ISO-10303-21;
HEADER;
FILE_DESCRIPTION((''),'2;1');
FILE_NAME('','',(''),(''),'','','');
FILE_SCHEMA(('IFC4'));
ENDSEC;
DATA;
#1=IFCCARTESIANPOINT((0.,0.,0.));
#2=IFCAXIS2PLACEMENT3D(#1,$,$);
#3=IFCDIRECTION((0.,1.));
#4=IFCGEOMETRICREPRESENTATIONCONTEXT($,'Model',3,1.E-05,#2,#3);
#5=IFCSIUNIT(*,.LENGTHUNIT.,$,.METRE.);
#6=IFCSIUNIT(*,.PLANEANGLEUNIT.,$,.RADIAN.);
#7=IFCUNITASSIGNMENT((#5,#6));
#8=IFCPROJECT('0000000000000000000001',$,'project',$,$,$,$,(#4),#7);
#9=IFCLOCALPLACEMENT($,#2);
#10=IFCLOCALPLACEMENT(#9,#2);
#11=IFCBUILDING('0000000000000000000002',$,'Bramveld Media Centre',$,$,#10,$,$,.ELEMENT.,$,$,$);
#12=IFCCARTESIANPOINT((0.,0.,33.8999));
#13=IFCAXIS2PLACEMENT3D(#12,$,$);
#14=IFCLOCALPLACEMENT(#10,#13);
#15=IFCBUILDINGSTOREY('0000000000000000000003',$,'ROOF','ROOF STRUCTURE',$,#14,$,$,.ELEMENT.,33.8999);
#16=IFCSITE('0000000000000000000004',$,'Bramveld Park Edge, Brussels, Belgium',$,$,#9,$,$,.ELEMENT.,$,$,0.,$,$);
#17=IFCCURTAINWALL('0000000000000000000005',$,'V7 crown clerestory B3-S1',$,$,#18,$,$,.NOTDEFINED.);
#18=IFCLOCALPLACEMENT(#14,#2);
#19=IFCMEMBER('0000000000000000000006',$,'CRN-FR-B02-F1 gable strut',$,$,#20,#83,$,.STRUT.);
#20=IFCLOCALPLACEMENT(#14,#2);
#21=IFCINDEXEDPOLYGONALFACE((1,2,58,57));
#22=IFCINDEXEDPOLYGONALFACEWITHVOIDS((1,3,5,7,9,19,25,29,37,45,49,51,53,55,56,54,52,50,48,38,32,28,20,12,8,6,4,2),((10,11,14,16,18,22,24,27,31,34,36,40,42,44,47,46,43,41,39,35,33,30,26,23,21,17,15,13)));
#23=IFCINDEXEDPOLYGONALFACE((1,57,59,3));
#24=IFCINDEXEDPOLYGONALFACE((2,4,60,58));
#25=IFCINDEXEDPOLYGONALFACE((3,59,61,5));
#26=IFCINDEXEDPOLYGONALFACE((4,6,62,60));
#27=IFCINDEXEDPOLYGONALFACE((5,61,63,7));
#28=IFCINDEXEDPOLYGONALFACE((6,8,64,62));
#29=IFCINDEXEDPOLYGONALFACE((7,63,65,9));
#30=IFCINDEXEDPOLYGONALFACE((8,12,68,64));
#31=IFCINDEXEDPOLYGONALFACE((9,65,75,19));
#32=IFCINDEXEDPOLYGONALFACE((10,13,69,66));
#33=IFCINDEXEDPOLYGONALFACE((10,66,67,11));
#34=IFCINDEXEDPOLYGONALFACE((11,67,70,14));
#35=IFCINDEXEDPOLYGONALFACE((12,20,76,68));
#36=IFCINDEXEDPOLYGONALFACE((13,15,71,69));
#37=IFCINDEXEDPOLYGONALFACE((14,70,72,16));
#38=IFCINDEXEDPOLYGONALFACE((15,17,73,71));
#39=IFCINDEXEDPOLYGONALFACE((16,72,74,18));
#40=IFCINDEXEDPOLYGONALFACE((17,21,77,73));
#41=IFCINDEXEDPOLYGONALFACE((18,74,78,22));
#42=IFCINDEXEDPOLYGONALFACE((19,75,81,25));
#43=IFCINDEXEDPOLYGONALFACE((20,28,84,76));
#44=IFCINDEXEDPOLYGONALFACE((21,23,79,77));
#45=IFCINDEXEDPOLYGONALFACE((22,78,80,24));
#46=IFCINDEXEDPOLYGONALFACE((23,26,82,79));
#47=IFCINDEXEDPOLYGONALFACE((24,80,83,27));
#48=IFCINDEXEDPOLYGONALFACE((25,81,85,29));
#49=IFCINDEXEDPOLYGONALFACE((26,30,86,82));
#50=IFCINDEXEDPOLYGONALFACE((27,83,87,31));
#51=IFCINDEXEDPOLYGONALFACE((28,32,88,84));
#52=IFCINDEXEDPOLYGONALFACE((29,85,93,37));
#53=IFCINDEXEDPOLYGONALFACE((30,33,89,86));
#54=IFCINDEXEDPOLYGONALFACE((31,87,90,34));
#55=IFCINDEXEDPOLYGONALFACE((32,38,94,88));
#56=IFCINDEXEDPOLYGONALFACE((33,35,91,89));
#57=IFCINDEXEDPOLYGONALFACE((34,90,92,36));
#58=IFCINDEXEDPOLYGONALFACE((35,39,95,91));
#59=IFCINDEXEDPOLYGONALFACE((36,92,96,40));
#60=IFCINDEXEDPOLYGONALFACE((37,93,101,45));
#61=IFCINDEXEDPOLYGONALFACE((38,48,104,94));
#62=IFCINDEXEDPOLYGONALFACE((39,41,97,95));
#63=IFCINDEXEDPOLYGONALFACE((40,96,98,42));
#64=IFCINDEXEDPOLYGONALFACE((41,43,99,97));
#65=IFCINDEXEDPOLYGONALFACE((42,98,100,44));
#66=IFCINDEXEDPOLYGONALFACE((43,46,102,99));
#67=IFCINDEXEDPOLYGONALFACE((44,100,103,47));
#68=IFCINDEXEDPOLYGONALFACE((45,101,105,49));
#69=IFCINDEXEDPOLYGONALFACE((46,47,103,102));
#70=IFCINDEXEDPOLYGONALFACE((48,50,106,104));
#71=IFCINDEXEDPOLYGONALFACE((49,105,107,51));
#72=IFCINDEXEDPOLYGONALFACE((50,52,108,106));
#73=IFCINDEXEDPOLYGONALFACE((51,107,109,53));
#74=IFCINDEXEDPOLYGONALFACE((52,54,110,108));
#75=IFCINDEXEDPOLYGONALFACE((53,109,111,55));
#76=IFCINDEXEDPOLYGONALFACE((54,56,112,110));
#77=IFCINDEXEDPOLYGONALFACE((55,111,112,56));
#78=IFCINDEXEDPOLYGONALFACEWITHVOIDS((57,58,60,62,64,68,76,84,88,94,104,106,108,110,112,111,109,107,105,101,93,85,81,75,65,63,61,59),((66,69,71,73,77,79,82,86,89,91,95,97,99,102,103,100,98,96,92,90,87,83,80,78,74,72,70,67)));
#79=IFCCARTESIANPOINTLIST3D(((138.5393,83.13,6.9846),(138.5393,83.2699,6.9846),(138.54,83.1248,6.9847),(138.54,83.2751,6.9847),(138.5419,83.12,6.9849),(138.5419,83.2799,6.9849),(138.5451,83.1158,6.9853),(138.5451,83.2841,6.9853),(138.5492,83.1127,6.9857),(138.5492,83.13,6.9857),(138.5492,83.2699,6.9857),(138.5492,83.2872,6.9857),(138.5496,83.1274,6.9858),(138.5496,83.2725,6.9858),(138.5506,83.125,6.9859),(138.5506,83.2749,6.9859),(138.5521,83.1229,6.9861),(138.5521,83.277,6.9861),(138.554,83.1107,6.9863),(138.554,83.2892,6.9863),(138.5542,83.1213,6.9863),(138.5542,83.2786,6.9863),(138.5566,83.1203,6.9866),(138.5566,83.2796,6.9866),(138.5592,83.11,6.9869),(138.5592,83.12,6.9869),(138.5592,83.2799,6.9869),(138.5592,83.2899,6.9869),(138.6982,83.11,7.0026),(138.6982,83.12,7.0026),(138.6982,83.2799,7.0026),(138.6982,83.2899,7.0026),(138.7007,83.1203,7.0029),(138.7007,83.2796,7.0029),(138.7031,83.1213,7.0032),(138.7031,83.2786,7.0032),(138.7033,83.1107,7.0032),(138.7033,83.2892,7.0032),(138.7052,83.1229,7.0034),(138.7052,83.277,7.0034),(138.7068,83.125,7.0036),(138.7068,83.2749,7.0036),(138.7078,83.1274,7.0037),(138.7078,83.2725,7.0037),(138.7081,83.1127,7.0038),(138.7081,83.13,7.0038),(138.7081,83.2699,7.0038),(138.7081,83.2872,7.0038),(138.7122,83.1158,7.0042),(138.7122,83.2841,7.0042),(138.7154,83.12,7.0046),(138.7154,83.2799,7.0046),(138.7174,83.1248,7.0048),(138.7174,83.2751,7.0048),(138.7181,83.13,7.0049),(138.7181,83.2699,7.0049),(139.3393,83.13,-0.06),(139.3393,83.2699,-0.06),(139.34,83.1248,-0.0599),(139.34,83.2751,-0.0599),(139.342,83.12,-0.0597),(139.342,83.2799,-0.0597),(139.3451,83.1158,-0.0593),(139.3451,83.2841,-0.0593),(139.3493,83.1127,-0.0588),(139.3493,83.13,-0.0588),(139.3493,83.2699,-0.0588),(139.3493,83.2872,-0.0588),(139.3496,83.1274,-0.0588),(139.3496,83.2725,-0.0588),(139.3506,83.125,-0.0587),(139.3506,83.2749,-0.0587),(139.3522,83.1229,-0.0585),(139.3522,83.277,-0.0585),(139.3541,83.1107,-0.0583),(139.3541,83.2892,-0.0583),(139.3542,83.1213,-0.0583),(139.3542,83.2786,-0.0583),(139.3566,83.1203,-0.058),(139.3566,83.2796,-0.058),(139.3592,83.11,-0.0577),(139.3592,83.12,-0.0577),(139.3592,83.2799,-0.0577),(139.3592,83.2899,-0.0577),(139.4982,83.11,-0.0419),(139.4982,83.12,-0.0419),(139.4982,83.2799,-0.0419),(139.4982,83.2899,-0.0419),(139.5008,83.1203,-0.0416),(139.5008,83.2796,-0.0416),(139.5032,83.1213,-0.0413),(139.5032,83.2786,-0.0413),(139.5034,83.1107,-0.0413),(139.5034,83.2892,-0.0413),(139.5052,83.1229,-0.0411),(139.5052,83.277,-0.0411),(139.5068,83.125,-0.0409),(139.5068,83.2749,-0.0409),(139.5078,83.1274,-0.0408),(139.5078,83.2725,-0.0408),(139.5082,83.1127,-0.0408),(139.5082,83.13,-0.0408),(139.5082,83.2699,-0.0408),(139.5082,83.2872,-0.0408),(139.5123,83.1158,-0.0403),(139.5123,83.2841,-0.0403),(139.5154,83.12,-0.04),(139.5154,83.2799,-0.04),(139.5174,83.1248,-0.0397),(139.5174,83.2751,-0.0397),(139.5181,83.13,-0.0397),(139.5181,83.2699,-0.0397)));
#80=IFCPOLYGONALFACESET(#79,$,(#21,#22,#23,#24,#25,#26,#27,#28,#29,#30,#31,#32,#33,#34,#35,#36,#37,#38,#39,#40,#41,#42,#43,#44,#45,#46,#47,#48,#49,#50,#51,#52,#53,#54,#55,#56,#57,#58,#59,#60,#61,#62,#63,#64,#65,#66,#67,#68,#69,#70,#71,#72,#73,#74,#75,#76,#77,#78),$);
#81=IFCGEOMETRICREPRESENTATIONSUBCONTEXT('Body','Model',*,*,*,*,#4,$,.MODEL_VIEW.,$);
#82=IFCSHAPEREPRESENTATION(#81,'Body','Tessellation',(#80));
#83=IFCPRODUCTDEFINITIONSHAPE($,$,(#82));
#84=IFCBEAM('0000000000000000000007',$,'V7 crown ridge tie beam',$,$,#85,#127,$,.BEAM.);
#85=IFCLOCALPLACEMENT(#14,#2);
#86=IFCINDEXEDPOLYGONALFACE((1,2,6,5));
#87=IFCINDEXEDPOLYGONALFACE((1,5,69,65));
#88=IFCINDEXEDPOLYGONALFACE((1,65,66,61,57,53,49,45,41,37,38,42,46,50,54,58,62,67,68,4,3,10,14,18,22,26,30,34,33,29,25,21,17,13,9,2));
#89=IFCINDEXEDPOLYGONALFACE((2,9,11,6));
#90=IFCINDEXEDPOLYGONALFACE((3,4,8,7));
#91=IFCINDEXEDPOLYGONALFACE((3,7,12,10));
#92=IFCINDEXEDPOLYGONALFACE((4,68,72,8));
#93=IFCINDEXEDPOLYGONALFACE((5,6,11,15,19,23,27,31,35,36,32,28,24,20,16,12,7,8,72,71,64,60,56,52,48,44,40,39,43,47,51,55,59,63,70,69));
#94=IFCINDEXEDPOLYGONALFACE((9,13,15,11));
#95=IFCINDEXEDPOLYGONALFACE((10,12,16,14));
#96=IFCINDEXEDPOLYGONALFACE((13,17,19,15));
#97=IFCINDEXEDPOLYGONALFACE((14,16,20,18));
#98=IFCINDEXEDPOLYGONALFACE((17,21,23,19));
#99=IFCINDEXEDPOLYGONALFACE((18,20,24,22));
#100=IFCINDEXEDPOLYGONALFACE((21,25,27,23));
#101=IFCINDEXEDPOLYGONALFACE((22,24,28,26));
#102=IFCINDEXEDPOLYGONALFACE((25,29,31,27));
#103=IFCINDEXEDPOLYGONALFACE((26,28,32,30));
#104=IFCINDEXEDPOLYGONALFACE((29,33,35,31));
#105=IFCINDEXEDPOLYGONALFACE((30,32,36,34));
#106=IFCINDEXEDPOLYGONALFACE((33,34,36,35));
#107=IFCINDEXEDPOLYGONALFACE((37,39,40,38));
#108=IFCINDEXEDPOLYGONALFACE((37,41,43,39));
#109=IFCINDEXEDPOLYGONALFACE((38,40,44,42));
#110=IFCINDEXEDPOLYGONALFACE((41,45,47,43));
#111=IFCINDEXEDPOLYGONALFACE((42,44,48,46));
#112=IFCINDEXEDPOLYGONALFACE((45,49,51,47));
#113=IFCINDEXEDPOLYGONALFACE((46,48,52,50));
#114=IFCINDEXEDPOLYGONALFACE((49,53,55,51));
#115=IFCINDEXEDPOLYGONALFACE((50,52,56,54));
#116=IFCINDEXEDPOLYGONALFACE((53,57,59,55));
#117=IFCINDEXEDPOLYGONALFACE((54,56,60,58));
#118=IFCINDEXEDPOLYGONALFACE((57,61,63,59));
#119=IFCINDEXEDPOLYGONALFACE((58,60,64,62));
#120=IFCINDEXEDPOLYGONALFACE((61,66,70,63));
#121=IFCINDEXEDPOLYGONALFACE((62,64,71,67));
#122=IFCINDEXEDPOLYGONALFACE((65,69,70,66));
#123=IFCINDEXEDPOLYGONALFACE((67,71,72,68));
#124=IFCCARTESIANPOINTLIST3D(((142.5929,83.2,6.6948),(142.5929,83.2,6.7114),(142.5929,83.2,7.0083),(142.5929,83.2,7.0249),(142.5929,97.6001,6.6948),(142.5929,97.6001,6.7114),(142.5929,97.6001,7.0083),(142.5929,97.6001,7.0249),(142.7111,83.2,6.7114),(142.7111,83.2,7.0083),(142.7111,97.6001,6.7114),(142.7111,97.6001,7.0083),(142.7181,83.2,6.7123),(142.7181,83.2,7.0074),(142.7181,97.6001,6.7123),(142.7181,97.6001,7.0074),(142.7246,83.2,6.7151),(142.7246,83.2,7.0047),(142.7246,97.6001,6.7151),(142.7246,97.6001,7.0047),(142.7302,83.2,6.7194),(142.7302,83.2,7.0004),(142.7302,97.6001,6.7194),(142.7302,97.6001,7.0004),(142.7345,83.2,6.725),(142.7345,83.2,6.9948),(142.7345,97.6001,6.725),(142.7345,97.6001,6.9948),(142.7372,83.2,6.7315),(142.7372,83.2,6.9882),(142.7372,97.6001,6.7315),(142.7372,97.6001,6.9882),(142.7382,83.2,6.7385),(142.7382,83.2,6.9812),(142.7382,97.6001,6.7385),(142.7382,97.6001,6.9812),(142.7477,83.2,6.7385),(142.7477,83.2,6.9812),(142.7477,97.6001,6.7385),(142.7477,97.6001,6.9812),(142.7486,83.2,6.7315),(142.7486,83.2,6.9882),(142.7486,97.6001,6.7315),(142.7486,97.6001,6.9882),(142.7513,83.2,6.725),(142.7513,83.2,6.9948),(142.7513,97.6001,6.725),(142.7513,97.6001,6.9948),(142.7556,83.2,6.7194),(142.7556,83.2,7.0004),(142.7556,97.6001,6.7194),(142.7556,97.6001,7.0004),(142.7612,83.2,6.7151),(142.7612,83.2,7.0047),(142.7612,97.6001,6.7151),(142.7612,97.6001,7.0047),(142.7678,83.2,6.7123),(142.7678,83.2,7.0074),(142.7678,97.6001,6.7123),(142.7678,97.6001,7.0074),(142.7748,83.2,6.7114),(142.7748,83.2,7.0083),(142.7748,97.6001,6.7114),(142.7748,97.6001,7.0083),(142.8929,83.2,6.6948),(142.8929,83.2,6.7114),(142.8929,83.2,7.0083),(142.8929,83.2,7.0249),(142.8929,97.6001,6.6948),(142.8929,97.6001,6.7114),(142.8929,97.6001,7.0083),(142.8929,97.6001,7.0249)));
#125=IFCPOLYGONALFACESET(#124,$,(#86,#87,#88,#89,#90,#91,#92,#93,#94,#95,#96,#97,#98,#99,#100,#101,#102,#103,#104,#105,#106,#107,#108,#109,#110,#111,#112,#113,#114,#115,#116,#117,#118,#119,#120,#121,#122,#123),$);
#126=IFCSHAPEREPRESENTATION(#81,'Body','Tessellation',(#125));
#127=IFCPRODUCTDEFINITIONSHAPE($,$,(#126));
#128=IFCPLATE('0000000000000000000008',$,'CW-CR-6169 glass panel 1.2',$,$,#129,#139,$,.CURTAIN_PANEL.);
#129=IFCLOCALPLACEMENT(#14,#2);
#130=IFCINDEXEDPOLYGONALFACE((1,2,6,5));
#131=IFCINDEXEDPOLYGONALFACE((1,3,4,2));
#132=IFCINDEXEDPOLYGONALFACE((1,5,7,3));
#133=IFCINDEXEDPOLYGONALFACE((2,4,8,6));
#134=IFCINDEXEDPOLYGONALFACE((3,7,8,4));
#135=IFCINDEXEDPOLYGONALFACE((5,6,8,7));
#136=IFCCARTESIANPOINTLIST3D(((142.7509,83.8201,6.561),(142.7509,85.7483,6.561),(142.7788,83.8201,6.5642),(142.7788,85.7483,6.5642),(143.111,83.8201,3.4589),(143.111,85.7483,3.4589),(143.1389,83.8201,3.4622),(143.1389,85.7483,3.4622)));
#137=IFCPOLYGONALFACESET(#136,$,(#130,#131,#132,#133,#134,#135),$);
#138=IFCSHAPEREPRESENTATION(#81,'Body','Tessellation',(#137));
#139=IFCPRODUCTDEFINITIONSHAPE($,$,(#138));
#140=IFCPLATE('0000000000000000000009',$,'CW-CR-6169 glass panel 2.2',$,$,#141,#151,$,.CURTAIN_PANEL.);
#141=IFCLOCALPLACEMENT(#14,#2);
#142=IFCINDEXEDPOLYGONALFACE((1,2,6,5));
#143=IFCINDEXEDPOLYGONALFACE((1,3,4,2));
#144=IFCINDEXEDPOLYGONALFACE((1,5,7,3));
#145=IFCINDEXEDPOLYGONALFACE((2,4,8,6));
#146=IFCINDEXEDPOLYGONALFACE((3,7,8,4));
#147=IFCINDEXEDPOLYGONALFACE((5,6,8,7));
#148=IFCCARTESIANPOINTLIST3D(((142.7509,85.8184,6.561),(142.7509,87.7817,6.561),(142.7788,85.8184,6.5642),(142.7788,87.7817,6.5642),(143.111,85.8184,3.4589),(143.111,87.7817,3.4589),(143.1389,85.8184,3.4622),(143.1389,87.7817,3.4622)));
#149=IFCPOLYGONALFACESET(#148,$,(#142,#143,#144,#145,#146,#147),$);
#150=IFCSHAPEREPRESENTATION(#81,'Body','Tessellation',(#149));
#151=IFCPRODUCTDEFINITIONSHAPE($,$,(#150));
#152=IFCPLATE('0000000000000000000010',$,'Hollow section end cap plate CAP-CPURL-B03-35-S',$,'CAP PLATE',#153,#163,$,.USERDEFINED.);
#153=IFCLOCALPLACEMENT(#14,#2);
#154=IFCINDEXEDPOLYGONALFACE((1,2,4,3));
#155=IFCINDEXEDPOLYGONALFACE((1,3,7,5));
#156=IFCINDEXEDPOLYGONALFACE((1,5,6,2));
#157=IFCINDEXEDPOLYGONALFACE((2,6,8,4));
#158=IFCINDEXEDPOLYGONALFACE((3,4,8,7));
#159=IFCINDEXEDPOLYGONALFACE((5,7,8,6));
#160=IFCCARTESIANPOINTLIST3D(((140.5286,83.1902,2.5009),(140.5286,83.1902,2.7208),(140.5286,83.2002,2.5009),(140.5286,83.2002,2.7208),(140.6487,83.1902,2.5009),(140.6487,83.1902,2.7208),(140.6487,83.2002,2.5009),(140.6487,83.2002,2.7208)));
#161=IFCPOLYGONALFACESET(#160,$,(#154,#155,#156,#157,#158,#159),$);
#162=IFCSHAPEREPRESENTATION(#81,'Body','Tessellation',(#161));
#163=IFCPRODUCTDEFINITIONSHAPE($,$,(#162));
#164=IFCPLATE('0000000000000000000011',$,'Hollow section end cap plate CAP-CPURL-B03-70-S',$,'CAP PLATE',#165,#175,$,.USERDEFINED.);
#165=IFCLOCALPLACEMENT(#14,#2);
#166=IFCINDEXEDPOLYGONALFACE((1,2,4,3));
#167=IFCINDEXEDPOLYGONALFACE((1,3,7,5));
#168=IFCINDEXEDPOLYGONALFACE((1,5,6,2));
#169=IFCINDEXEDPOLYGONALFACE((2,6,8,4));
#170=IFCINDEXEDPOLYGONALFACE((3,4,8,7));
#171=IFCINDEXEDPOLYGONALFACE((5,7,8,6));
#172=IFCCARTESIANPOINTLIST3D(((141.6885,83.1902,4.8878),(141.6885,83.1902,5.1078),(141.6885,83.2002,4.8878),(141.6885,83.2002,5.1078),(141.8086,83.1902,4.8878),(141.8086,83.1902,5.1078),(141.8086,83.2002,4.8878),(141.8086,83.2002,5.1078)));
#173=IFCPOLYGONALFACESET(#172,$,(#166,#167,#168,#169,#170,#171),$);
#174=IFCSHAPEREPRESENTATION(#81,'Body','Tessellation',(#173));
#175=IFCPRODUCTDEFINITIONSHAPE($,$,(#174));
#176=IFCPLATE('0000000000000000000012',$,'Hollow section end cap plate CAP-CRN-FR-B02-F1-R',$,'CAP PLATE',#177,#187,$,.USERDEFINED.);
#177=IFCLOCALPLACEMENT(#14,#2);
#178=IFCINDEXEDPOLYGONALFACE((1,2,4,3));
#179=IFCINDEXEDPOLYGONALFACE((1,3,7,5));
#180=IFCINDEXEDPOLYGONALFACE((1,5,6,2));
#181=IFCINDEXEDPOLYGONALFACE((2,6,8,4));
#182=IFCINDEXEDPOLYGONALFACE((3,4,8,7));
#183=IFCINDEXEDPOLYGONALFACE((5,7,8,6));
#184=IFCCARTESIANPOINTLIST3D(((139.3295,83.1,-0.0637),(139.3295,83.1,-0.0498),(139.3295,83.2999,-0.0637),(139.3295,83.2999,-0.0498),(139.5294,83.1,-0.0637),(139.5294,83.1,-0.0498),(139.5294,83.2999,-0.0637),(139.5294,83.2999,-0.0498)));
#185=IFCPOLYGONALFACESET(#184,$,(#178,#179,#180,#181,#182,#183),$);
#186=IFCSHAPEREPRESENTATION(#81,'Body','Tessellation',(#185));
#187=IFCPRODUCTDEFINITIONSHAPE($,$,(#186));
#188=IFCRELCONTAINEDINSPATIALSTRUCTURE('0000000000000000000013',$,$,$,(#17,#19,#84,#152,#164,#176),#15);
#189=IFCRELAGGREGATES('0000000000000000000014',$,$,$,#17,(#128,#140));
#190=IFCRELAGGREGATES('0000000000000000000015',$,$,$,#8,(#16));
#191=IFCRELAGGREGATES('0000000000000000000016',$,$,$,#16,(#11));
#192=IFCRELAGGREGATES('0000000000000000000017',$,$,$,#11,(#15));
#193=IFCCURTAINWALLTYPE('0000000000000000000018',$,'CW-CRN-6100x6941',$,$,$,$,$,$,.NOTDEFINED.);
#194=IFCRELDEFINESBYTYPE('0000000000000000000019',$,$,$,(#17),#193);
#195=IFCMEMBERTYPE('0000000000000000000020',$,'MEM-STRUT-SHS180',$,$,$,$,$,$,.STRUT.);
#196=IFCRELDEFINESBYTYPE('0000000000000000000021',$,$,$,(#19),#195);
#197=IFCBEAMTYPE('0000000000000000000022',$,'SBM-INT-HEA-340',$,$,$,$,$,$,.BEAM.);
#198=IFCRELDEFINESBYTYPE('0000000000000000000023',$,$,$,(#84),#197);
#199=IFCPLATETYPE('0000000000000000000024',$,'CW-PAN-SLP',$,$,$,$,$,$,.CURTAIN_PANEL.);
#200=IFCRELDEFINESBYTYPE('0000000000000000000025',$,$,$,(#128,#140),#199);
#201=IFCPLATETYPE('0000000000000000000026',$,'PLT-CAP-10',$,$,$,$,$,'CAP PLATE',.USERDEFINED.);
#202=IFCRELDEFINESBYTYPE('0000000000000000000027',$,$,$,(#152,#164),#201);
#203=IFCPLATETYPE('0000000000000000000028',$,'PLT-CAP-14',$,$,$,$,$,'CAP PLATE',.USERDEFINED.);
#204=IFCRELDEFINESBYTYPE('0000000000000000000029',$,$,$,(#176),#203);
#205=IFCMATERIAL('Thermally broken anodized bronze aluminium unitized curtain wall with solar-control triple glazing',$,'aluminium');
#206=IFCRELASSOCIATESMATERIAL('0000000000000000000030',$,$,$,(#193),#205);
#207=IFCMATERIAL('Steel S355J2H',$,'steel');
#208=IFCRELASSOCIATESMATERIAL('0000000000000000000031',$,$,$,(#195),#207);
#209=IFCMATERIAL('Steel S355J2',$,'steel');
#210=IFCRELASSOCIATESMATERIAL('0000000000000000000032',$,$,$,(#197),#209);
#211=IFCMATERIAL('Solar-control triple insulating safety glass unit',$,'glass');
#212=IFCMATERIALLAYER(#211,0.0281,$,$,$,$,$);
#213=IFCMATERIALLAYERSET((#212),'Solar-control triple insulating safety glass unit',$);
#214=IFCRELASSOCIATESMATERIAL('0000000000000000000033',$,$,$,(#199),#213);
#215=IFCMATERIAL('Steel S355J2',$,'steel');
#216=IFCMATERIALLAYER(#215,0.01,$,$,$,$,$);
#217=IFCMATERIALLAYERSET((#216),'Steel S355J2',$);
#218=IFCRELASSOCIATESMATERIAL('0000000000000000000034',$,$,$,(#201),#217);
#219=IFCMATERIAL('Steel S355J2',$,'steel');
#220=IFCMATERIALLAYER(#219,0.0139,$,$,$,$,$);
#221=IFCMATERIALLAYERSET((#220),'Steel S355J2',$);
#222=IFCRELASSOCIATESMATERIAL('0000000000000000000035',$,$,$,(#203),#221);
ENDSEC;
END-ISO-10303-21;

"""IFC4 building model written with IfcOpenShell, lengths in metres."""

from ifc_helpers import new_model, si_unit, direction, frame, origin, origin_2d, place, context, subcontext, project, spatial, polyline, rectangle, hollow_rectangle, i_section, outline, extrude, material, layer, layer_set, material_profile, profile_set, type_object, element, aggregate, save


model = new_model("IFC4")

# Units and contexts
model_context = context("Model", 3, precision=1e-05, world=origin(), true_north=direction((0.0, 1.0)))
body_context = subcontext(model_context, "Body", "Model", "MODEL_VIEW")
ifc_project = project(units=[si_unit("LENGTHUNIT", "METRE"), si_unit("PLANEANGLEUNIT", "RADIAN")], contexts=[model_context])

# Site, building, storey
site_placement = place(None, origin())
site = spatial("IfcSite", under=ifc_project, at=site_placement, Name="Bramveld Park Edge, Brussels, Belgium", CompositionType="ELEMENT", RefElevation=0.0)
building_placement = place(site_placement, origin())
building = spatial("IfcBuilding", under=site, at=building_placement, Name="Bramveld Media Centre", CompositionType="ELEMENT")
storey_placement = place(building_placement, frame((0.0, 0.0, 33.8999)))
storey = spatial("IfcBuildingStorey", under=building, at=storey_placement, Name="ROOF", Description="ROOF STRUCTURE", CompositionType="ELEMENT", Elevation=33.8999)

# Curtain wall
ifc_material_1 = material(Name="Thermally broken anodized bronze aluminium unitized curtain wall with solar-control triple glazing", Category="aluminium")
curtain_wall_type = type_object("IfcCurtainWallType", Name="CW-CRN-6100x6941", PredefinedType="NOTDEFINED", material=ifc_material_1)
curtain_wall_1_placement = place(storey_placement, origin())
curtain_wall_1 = element("IfcCurtainWall", 1, at=curtain_wall_1_placement, inside=storey, type_object=curtain_wall_type, Name="V7 crown clerestory B3-S1", PredefinedType="NOTDEFINED")

# Member
ifc_material_2 = material(Name="Steel S355J2H", Category="steel")
ifc_material_profile_1 = material_profile(ifc_material_2, hollow_rectangle(XDim=0.1799, YDim=0.1799, WallThickness=0.01, InnerFilletRadius=0.01, OuterFilletRadius=0.02, at=origin_2d()), Name="SHS 180x180x10")
ifc_profile_set_1 = profile_set([ifc_material_profile_1], Name="Steel S355J2H")
member_type_1 = type_object("IfcMemberType", Name="MEM-STRUT-SHS180", PredefinedType="STRUT", material=ifc_profile_set_1)
member_1_placement = place(storey_placement, frame((139.4287, 83.2, -0.0498), z_axis=(-0.112842, 0.0, 0.993613), x_axis=(0.0, -1.0, 0.0)))
element("IfcMember", 2, at=member_1_placement, inside=storey, type_object=member_type_1, Name="CRN-FR-B02-F1 gable strut", PredefinedType="STRUT", context=body_context, shape_type="SweptSolid", body=[
    extrude(hollow_rectangle(XDim=0.1799, YDim=0.1799, WallThickness=0.01, InnerFilletRadius=0.01, OuterFilletRadius=0.02, at=origin_2d()), origin(), (0.0, 0.0, 1.0), 7.0898),
])

# Beam
ifc_material_3 = material(Name="Steel S355J2", Category="steel")
ifc_material_profile_2 = material_profile(ifc_material_3, i_section(OverallWidth=0.3, OverallDepth=0.3301, WebThickness=0.0095, FlangeThickness=0.0166, FilletRadius=0.0271, at=origin_2d()), Name="HEA 340")
ifc_profile_set_2 = profile_set([ifc_material_profile_2], Name="Steel S355J2")
beam_type = type_object("IfcBeamType", Name="SBM-INT-HEA-340", PredefinedType="BEAM", material=ifc_profile_set_2)
beam_placement = place(storey_placement, frame((142.7429, 83.2, 6.8599), z_axis=(0.0, 1.0, 0.0), x_axis=(-1.0, 0.0, 0.0)))
element("IfcBeam", 3, at=beam_placement, inside=storey, type_object=beam_type, Name="V7 crown ridge tie beam", PredefinedType="BEAM", context=body_context, shape_type="SweptSolid", body=[
    extrude(i_section(OverallWidth=0.3, OverallDepth=0.3301, WebThickness=0.0095, FlangeThickness=0.0166, FilletRadius=0.0271, at=origin_2d()), origin(), (0.0, 0.0, 1.0), 14.4001),
])

# Plates
ifc_material_4 = material(Name="Solar-control triple insulating safety glass unit", Category="glass")
ifc_layer_1 = layer(ifc_material_4, 0.0281)
ifc_layer_set_1 = layer_set([ifc_layer_1], Name="Solar-control triple insulating safety glass unit")
plate_type_1 = type_object("IfcPlateType", Name="CW-PAN-SLP", PredefinedType="CURTAIN_PANEL", material=ifc_layer_set_1)
plate_1_placement = place(storey_placement, frame((143.1389, 83.8201, 3.4622), z_axis=(0.993329, 0.0, 0.115313), x_axis=(0.0, 1.0, 0.0)))
plate_1 = element("IfcPlate", 4, at=plate_1_placement, type_object=plate_type_1, Name="CW-CR-6169 glass panel 1.2", PredefinedType="CURTAIN_PANEL", context=body_context, shape_type="SweptSolid", body=[
    extrude(outline(polyline([(0.0, 0.0), (1.9282, 0.0), (1.9282, 3.1229), (0.0, 3.1229), (0.0, 0.0)])), origin(), (0.0, 0.0, -1.0), 0.0281),
])
plate_2_placement = place(storey_placement, frame((143.1389, 85.8184, 3.4622), z_axis=(0.993329, 0.0, 0.115313), x_axis=(0.0, 1.0, 0.0)))
plate_2 = element("IfcPlate", 5, at=plate_2_placement, type_object=plate_type_1, Name="CW-CR-6169 glass panel 2.2", PredefinedType="CURTAIN_PANEL", context=body_context, shape_type="SweptSolid", body=[
    extrude(outline(polyline([(0.0, 0.0), (1.9634, 0.0), (1.9634, 3.1229), (0.0, 3.1229), (0.0, 0.0)])), origin(), (0.0, 0.0, -1.0), 0.0281),
])
aggregate(curtain_wall_1, [plate_1, plate_2])

# Plates
ifc_material_5 = material(Name="Steel S355J2", Category="steel")
ifc_layer_2 = layer(ifc_material_5, 0.01)
ifc_layer_set_2 = layer_set([ifc_layer_2], Name="Steel S355J2")
plate_type_2 = type_object("IfcPlateType", Name="PLT-CAP-10", ElementType="CAP PLATE", PredefinedType="USERDEFINED", material=ifc_layer_set_2)
for number, where, z_axis, x_axis, name in (
    (6, (140.5886, 83.2002, 2.6108), (0.0, -1.0, 0.0), (1.0, 0.0, 0.0), "Hollow section end cap plate CAP-CPURL-B03-35-S"),
    (7, (141.7485, 83.2002, 4.9978), (0.0, -1.0, 0.0), (1.0, 0.0, 0.0), "Hollow section end cap plate CAP-CPURL-B03-70-S"),
):
    element("IfcPlate", number, at=place(storey_placement, frame(where, z_axis=z_axis, x_axis=x_axis)), inside=storey, type_object=plate_type_2, Name=name, ObjectType="CAP PLATE", PredefinedType="USERDEFINED", context=body_context, shape_type="SweptSolid", body=[
        extrude(rectangle(XDim=0.1201, YDim=0.22, at=origin_2d()), origin(), (0.0, 0.0, 1.0), 0.01),
    ])
ifc_material_6 = material(Name="Steel S355J2", Category="steel")
ifc_layer_3 = layer(ifc_material_6, 0.0139)
ifc_layer_set_3 = layer_set([ifc_layer_3], Name="Steel S355J2")
plate_type_3 = type_object("IfcPlateType", Name="PLT-CAP-14", ElementType="CAP PLATE", PredefinedType="USERDEFINED", material=ifc_layer_set_3)
for number, where, z_axis, x_axis, name in (
    (8, (139.4294, 83.2, -0.0498), (0.0, 0.0, -1.0), (1.0, 0.0, 0.0), "Hollow section end cap plate CAP-CRN-FR-B02-F1-R"),
):
    element("IfcPlate", number, at=place(storey_placement, frame(where, z_axis=z_axis, x_axis=x_axis)), inside=storey, type_object=plate_type_3, Name=name, ObjectType="CAP PLATE", PredefinedType="USERDEFINED", context=body_context, shape_type="SweptSolid", body=[
        extrude(rectangle(XDim=0.2, YDim=0.2, at=origin_2d()), origin(), (0.0, 0.0, 1.0), 0.0139),
    ])

save(model, "model.ifc")
